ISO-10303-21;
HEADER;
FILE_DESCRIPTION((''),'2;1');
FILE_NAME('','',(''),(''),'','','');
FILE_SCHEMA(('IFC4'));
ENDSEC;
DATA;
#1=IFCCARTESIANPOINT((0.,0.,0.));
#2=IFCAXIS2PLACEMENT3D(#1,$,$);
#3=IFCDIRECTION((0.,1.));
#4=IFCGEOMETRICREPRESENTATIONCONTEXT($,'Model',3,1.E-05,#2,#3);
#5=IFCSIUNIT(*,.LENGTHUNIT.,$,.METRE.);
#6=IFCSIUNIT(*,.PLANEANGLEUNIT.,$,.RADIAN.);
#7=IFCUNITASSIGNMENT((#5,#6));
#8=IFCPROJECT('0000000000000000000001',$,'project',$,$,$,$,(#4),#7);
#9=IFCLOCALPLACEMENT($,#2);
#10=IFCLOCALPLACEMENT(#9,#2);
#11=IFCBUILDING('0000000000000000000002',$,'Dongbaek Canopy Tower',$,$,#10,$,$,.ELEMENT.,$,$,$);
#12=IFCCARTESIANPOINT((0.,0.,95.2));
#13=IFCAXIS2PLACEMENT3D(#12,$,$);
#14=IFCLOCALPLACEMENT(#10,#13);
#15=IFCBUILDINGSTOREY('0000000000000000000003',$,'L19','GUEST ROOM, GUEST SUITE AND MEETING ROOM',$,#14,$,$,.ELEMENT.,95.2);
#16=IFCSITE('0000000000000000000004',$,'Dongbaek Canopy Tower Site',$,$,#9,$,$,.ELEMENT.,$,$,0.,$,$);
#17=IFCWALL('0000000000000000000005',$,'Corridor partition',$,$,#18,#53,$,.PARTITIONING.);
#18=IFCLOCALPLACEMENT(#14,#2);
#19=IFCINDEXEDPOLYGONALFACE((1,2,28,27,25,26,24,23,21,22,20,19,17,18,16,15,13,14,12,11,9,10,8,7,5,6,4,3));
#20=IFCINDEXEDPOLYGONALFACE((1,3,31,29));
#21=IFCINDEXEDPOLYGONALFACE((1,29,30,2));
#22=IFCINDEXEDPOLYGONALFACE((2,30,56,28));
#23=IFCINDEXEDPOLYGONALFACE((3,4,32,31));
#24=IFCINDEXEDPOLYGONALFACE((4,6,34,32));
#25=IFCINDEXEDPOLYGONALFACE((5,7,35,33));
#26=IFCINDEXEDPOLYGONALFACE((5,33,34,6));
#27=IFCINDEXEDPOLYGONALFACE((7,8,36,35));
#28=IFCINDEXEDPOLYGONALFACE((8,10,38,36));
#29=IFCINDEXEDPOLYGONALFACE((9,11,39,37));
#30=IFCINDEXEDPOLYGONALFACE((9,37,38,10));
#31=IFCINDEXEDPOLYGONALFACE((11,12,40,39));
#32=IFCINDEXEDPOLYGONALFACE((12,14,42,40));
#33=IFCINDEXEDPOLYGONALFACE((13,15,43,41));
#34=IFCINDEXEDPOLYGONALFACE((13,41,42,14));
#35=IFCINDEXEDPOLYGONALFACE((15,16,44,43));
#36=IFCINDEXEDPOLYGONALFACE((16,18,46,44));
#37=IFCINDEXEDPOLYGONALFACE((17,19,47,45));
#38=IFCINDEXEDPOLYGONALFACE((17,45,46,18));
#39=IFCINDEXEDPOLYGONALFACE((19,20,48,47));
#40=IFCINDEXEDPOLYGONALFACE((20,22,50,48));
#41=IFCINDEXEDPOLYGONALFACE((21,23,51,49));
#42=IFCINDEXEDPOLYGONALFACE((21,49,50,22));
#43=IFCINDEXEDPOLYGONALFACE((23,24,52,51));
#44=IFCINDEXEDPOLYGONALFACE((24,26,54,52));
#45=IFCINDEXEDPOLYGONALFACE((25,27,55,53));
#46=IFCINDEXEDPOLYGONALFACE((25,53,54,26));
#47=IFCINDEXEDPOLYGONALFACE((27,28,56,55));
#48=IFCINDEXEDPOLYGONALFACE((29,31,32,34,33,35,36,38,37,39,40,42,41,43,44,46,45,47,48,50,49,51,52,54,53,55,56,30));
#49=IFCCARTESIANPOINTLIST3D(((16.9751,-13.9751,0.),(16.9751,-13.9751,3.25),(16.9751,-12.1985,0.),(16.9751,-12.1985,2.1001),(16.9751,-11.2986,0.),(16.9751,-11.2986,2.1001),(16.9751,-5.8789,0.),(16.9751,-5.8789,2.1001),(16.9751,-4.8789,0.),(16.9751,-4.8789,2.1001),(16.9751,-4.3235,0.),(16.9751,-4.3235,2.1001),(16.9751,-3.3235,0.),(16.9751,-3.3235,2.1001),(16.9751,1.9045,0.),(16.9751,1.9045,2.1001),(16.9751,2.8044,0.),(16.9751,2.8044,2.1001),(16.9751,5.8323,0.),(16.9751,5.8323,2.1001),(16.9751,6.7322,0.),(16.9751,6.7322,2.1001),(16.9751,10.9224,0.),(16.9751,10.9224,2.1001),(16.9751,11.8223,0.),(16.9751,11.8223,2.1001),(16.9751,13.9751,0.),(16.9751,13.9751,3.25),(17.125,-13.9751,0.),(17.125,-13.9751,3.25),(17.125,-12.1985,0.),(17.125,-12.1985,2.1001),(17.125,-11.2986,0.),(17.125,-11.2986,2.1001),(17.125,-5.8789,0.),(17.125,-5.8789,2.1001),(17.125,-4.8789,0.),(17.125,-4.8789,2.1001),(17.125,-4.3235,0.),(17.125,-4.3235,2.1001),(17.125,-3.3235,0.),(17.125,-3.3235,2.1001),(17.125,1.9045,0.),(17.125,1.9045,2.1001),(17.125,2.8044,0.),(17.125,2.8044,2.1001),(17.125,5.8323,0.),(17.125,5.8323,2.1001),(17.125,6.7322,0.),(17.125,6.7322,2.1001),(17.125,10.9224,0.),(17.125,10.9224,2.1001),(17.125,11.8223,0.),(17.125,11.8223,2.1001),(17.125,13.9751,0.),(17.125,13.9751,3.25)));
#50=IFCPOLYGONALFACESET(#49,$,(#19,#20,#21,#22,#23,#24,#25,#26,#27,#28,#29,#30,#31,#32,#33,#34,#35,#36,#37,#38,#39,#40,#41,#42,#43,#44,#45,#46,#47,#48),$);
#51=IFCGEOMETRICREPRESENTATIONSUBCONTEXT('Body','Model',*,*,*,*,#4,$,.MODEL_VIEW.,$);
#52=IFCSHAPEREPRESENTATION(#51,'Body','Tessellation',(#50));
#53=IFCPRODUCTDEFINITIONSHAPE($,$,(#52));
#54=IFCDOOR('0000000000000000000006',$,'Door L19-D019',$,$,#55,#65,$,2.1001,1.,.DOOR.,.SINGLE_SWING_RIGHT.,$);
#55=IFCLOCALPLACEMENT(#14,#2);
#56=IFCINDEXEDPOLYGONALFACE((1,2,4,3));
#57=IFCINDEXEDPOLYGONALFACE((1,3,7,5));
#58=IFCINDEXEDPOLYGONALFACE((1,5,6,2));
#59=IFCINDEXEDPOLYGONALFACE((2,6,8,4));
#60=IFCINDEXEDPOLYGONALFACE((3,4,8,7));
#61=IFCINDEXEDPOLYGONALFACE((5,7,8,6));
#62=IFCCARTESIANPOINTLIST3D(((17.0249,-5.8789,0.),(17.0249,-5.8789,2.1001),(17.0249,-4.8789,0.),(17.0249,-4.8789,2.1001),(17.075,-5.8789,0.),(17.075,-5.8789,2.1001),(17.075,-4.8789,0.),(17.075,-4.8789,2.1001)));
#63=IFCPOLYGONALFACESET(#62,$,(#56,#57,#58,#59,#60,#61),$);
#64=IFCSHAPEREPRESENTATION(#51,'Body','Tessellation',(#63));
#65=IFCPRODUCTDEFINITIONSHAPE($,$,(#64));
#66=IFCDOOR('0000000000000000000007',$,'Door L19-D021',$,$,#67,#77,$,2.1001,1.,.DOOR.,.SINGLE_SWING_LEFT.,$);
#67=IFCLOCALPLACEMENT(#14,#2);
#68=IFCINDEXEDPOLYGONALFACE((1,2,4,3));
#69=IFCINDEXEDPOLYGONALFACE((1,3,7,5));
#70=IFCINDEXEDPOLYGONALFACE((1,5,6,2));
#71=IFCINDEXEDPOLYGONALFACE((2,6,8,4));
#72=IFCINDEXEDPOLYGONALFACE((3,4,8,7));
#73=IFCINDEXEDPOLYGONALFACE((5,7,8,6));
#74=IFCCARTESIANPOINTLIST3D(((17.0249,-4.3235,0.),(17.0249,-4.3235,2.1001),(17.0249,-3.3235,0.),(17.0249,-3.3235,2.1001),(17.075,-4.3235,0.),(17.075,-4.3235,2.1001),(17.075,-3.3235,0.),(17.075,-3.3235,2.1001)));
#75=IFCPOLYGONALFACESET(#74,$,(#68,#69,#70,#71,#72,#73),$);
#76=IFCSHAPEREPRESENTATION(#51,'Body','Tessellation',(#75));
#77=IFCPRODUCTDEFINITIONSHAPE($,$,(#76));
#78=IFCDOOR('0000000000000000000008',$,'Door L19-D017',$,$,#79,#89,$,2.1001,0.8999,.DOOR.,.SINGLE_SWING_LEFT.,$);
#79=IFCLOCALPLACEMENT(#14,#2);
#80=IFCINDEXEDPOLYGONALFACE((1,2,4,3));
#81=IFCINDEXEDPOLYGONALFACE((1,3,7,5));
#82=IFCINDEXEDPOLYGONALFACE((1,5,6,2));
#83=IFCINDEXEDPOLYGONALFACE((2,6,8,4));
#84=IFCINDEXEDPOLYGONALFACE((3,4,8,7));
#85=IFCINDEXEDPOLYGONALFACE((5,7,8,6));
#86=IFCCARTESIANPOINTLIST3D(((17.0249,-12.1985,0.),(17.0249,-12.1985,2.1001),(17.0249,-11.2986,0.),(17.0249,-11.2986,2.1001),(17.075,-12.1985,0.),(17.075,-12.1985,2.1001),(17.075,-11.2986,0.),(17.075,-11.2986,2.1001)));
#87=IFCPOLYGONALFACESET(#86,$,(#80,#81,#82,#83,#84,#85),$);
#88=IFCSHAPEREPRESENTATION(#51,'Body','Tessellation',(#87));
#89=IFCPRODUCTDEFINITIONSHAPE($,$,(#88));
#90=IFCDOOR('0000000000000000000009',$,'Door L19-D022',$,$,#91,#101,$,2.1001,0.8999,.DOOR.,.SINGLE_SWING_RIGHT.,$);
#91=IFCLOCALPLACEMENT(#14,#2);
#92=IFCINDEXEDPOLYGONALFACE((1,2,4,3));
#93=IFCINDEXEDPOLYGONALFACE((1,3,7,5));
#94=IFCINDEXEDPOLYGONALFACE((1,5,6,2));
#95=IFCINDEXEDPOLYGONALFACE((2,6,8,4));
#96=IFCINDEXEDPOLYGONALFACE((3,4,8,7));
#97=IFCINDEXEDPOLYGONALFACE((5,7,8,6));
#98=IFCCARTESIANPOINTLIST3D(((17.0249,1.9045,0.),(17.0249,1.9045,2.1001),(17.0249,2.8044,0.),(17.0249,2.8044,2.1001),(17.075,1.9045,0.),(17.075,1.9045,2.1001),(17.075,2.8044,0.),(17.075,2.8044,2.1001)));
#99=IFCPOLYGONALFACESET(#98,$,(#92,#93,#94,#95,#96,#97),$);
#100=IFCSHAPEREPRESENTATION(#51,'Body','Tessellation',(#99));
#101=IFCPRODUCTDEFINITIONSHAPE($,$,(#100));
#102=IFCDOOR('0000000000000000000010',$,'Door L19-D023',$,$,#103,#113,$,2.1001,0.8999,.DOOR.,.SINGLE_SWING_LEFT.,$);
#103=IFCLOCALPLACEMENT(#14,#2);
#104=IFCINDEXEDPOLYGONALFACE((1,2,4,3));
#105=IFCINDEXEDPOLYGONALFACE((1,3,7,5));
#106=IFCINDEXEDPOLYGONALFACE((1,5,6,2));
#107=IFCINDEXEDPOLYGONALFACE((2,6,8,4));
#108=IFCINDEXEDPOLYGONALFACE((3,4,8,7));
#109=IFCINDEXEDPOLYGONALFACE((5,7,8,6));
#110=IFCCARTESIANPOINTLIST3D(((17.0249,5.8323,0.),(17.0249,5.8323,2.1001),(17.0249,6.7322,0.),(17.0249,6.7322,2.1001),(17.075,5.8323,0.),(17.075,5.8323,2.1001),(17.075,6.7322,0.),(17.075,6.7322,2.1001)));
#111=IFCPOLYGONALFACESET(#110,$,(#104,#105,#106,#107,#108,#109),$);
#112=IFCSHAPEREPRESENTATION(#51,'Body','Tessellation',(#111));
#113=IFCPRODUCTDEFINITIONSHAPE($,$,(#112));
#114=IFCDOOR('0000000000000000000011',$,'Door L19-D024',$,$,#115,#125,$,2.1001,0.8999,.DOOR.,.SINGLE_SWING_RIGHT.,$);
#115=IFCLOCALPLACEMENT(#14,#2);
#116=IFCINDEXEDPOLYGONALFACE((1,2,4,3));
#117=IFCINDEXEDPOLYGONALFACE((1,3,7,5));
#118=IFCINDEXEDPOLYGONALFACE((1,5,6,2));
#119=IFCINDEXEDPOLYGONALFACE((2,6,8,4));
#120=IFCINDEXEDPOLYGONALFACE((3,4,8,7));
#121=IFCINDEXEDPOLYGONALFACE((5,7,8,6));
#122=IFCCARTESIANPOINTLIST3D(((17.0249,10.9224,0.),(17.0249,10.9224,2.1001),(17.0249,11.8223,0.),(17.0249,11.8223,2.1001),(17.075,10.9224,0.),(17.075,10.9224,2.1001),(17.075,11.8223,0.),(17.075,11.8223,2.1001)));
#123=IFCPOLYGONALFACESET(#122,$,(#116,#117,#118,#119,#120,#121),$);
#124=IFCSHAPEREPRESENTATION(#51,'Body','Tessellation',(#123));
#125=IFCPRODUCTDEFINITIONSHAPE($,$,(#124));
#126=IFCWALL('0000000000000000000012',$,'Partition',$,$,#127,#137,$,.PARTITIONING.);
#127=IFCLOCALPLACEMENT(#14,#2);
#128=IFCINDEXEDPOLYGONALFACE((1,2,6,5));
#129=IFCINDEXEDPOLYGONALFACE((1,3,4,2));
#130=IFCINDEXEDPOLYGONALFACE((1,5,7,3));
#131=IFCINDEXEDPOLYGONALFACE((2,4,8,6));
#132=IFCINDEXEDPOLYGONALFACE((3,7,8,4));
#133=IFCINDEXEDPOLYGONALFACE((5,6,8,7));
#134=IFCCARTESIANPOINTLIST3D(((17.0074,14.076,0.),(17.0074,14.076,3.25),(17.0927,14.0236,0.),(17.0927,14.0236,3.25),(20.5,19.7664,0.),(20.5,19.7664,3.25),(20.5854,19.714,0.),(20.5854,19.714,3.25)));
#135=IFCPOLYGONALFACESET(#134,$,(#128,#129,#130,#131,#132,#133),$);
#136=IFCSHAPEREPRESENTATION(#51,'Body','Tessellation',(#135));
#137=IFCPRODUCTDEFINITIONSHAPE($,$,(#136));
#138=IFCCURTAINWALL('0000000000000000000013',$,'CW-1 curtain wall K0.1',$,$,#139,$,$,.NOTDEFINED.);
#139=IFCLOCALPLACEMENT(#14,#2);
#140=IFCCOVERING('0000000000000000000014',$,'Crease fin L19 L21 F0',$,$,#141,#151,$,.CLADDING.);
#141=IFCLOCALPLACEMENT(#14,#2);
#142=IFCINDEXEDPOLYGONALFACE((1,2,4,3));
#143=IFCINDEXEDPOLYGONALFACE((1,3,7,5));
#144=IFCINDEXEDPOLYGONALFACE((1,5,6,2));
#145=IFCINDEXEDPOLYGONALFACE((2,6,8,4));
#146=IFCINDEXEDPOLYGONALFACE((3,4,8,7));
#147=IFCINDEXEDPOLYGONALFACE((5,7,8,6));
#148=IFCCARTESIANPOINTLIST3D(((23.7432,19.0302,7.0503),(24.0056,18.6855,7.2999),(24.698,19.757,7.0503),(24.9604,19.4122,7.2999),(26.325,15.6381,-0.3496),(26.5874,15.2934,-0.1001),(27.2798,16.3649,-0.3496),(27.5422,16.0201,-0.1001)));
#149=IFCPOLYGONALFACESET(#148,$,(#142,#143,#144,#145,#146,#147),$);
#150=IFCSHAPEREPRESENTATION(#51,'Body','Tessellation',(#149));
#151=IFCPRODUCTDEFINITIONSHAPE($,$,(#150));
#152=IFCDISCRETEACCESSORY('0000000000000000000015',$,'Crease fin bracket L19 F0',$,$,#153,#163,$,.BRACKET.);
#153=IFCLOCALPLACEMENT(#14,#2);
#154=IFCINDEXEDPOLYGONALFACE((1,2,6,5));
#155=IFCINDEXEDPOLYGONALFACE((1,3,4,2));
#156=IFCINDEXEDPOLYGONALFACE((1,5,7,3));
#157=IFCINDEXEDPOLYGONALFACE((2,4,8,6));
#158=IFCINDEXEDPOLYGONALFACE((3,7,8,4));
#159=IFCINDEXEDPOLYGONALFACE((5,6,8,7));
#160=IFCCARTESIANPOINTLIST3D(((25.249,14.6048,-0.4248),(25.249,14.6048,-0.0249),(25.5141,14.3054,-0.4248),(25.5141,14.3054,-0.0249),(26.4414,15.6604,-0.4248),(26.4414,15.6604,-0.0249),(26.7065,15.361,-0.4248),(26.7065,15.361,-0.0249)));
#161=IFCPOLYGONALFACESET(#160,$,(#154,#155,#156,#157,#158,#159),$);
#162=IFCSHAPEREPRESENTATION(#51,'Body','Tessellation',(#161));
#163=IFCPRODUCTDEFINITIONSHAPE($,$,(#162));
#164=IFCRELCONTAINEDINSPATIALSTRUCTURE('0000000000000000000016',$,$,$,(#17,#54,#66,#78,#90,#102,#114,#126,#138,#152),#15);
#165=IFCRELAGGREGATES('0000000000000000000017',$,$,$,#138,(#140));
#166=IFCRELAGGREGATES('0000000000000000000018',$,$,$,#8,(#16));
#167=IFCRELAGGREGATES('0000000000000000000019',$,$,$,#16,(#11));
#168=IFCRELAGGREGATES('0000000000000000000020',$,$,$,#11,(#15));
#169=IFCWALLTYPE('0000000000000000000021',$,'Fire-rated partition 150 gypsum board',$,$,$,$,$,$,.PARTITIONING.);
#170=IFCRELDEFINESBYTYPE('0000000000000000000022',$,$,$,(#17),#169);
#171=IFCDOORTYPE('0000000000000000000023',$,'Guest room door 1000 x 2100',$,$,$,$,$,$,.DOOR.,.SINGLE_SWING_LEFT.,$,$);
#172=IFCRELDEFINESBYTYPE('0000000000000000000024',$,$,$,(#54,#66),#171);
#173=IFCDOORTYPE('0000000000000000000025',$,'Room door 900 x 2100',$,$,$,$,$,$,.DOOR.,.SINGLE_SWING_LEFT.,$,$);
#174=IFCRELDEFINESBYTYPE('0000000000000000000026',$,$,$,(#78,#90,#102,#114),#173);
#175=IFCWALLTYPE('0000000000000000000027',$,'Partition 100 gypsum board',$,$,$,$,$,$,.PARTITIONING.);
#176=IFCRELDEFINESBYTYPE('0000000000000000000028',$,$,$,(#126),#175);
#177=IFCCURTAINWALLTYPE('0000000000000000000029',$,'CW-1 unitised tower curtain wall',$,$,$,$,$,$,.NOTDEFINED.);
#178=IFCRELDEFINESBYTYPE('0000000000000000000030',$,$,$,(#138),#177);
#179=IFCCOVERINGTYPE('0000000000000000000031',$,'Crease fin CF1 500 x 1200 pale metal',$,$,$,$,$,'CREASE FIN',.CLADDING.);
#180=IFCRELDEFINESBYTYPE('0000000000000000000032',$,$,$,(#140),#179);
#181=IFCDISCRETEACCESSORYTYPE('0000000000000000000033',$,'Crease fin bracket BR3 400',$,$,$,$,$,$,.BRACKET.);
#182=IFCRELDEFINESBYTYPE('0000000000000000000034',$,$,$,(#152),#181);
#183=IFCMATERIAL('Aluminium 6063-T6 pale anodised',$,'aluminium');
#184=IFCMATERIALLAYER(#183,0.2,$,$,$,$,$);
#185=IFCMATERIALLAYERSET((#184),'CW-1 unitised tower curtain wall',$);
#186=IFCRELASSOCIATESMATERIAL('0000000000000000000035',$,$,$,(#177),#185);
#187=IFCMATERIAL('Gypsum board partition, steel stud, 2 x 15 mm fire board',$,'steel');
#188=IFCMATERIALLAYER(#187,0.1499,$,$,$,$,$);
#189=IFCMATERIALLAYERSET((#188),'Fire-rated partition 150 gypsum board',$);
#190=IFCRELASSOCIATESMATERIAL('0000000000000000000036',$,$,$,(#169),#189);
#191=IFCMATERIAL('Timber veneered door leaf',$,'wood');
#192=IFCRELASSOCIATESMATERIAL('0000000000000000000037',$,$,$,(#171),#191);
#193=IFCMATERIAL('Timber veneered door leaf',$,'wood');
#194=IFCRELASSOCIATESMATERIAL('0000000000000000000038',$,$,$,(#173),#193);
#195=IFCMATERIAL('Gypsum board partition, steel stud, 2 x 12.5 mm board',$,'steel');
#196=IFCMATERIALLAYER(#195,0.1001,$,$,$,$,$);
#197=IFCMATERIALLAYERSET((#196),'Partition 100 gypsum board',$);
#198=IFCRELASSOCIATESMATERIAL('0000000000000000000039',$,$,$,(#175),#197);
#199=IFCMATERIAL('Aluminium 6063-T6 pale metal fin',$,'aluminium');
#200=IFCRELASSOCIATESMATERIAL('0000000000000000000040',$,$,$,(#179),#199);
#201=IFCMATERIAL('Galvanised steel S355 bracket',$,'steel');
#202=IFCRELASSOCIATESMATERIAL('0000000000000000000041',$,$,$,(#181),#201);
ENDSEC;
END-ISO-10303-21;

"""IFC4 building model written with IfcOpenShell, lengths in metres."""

from ifc_helpers import new_model, si_unit, direction, frame, frame_2d, origin, origin_2d, place, context, subcontext, project, spatial, rectangle, extrude, material, layer, layer_set, material_profile, profile_set, type_object, element, fill, aggregate, save


model = new_model("IFC4")

# Units and contexts
model_context = context("Model", 3, precision=1e-05, world=origin(), true_north=direction((0.0, 1.0)))
body_context = subcontext(model_context, "Body", "Model", "MODEL_VIEW")
ifc_project = project(units=[si_unit("LENGTHUNIT", "METRE"), si_unit("PLANEANGLEUNIT", "RADIAN")], contexts=[model_context])

# Site, building, storey
site_placement = place(None, origin())
site = spatial("IfcSite", under=ifc_project, at=site_placement, Name="Dongbaek Canopy Tower Site", CompositionType="ELEMENT", RefElevation=0.0)
building_placement = place(site_placement, origin())
building = spatial("IfcBuilding", under=site, at=building_placement, Name="Dongbaek Canopy Tower", CompositionType="ELEMENT")
storey_placement = place(building_placement, frame((0.0, 0.0, 95.2)))
storey = spatial("IfcBuildingStorey", under=building, at=storey_placement, Name="L19", Description="GUEST ROOM, GUEST SUITE AND MEETING ROOM", CompositionType="ELEMENT", Elevation=95.2)

# Shared definitions
ifc_material_1 = material(Name="Aluminium 6063-T6 pale anodised", Category="aluminium")
ifc_layer_1 = layer(ifc_material_1, 0.2)
ifc_layer_set_1 = layer_set([ifc_layer_1], Name="CW-1 unitised tower curtain wall")
curtain_wall_type = type_object("IfcCurtainWallType", Name="CW-1 unitised tower curtain wall", PredefinedType="NOTDEFINED", material=ifc_layer_set_1)

# Wall, openings, doors
ifc_material_2 = material(Name="Gypsum board partition, steel stud, 2 x 15 mm fire board", Category="steel")
ifc_layer_2 = layer(ifc_material_2, 0.1499)
ifc_layer_set_2 = layer_set([ifc_layer_2], Name="Fire-rated partition 150 gypsum board")
wall_type_1 = type_object("IfcWallType", Name="Fire-rated partition 150 gypsum board", PredefinedType="PARTITIONING", material=ifc_layer_set_2)
wall_1_placement = place(storey_placement, frame((17.05, 13.9751, 0.0), z_axis=(0.0, 0.0, 1.0), x_axis=(0.0, -1.0, 0.0)))
wall_1 = element("IfcWall", 1, at=wall_1_placement, inside=storey, type_object=wall_type_1, Name="Corridor partition", PredefinedType="PARTITIONING", context=body_context, shape_type="SweptSolid", body=[
    extrude(rectangle(XDim=27.9502, YDim=0.1499, at=frame_2d((13.9751, 0.0))), origin(), (0.0, 0.0, 1.0), 3.25),
])
opening_1_placement = place(wall_1_placement, frame((25.2737, 0.0, 0.0)))
opening_1 = element("IfcOpeningElement", 2, at=opening_1_placement, cuts=wall_1, PredefinedType="OPENING", context=body_context, shape_type="SweptSolid", body=[
    extrude(rectangle(XDim=0.8999, YDim=2.1001, at=frame_2d((0.45, 1.05))), frame((0.0, 0.085, 0.0), z_axis=(0.0, -1.0, 0.0), x_axis=(1.0, 0.0, 0.0)), (0.0, 0.0, 1.0), 0.1699),
])
opening_2_placement = place(wall_1_placement, frame((18.854, 0.0, 0.0)))
opening_2 = element("IfcOpeningElement", 3, at=opening_2_placement, cuts=wall_1, PredefinedType="OPENING", context=body_context, shape_type="SweptSolid", body=[
    extrude(rectangle(XDim=1.0, YDim=2.1001, at=frame_2d((0.5, 1.05))), frame((0.0, 0.085, 0.0), z_axis=(0.0, -1.0, 0.0), x_axis=(1.0, 0.0, 0.0)), (0.0, 0.0, 1.0), 0.1699),
])
opening_3_placement = place(wall_1_placement, frame((17.2986, 0.0, 0.0)))
opening_3 = element("IfcOpeningElement", 4, at=opening_3_placement, cuts=wall_1, PredefinedType="OPENING", context=body_context, shape_type="SweptSolid", body=[
    extrude(rectangle(XDim=1.0, YDim=2.1001, at=frame_2d((0.5, 1.05))), frame((0.0, 0.085, 0.0), z_axis=(0.0, -1.0, 0.0), x_axis=(1.0, 0.0, 0.0)), (0.0, 0.0, 1.0), 0.1699),
])
opening_4_placement = place(wall_1_placement, frame((11.1707, 0.0, 0.0)))
opening_4 = element("IfcOpeningElement", 5, at=opening_4_placement, cuts=wall_1, PredefinedType="OPENING", context=body_context, shape_type="SweptSolid", body=[
    extrude(rectangle(XDim=0.8999, YDim=2.1001, at=frame_2d((0.45, 1.05))), frame((0.0, 0.085, 0.0), z_axis=(0.0, -1.0, 0.0), x_axis=(1.0, 0.0, 0.0)), (0.0, 0.0, 1.0), 0.1699),
])
opening_5_placement = place(wall_1_placement, frame((7.2429, 0.0, 0.0)))
opening_5 = element("IfcOpeningElement", 6, at=opening_5_placement, cuts=wall_1, PredefinedType="OPENING", context=body_context, shape_type="SweptSolid", body=[
    extrude(rectangle(XDim=0.8999, YDim=2.1001, at=frame_2d((0.45, 1.05))), frame((0.0, 0.085, 0.0), z_axis=(0.0, -1.0, 0.0), x_axis=(1.0, 0.0, 0.0)), (0.0, 0.0, 1.0), 0.1699),
])
opening_6_placement = place(wall_1_placement, frame((2.1528, 0.0, 0.0)))
opening_6 = element("IfcOpeningElement", 7, at=opening_6_placement, cuts=wall_1, PredefinedType="OPENING", context=body_context, shape_type="SweptSolid", body=[
    extrude(rectangle(XDim=0.8999, YDim=2.1001, at=frame_2d((0.45, 1.05))), frame((0.0, 0.085, 0.0), z_axis=(0.0, -1.0, 0.0), x_axis=(1.0, 0.0, 0.0)), (0.0, 0.0, 1.0), 0.1699),
])
ifc_material_3 = material(Name="Timber veneered door leaf", Category="wood")
door_type_1 = type_object("IfcDoorType", Name="Guest room door 1000 x 2100", OperationType="SINGLE_SWING_LEFT", PredefinedType="DOOR", material=ifc_material_3)
door_1_placement = place(opening_2_placement, origin())
door_1 = element("IfcDoor", 8, at=door_1_placement, inside=storey, type_object=door_type_1, Name="Door L19-D019", OperationType="SINGLE_SWING_RIGHT", OverallHeight=2.1001, OverallWidth=1.0, PredefinedType="DOOR", context=body_context, shape_type="SweptSolid", body=[
    extrude(rectangle(XDim=1.0, YDim=2.1001, at=frame_2d((0.5, 1.05))), frame((0.0, 0.0249, 0.0), z_axis=(0.0, -1.0, 0.0), x_axis=(1.0, 0.0, 0.0)), (0.0, 0.0, 1.0), 0.05),
])
fill(opening_2, door_1)
door_2_placement = place(opening_3_placement, origin())
door_2 = element("IfcDoor", 9, at=door_2_placement, inside=storey, type_object=door_type_1, Name="Door L19-D021", OperationType="SINGLE_SWING_LEFT", OverallHeight=2.1001, OverallWidth=1.0, PredefinedType="DOOR", context=body_context, shape_type="SweptSolid", body=[
    extrude(rectangle(XDim=1.0, YDim=2.1001, at=frame_2d((0.5, 1.05))), frame((0.0, 0.0249, 0.0), z_axis=(0.0, -1.0, 0.0), x_axis=(1.0, 0.0, 0.0)), (0.0, 0.0, 1.0), 0.05),
])
fill(opening_3, door_2)
ifc_material_4 = material(Name="Timber veneered door leaf", Category="wood")
door_type_2 = type_object("IfcDoorType", Name="Room door 900 x 2100", OperationType="SINGLE_SWING_LEFT", PredefinedType="DOOR", material=ifc_material_4)
door_3_placement = place(opening_1_placement, origin())
door_3 = element("IfcDoor", 10, at=door_3_placement, inside=storey, type_object=door_type_2, Name="Door L19-D017", OperationType="SINGLE_SWING_LEFT", OverallHeight=2.1001, OverallWidth=0.8999, PredefinedType="DOOR", context=body_context, shape_type="SweptSolid", body=[
    extrude(rectangle(XDim=0.8999, YDim=2.1001, at=frame_2d((0.45, 1.05))), frame((0.0, 0.0249, 0.0), z_axis=(0.0, -1.0, 0.0), x_axis=(1.0, 0.0, 0.0)), (0.0, 0.0, 1.0), 0.05),
])
fill(opening_1, door_3)
door_4_placement = place(opening_4_placement, origin())
door_4 = element("IfcDoor", 11, at=door_4_placement, inside=storey, type_object=door_type_2, Name="Door L19-D022", OperationType="SINGLE_SWING_RIGHT", OverallHeight=2.1001, OverallWidth=0.8999, PredefinedType="DOOR", context=body_context, shape_type="SweptSolid", body=[
    extrude(rectangle(XDim=0.8999, YDim=2.1001, at=frame_2d((0.45, 1.05))), frame((0.0, 0.0249, 0.0), z_axis=(0.0, -1.0, 0.0), x_axis=(1.0, 0.0, 0.0)), (0.0, 0.0, 1.0), 0.05),
])
fill(opening_4, door_4)
door_5_placement = place(opening_5_placement, origin())
door_5 = element("IfcDoor", 12, at=door_5_placement, inside=storey, type_object=door_type_2, Name="Door L19-D023", OperationType="SINGLE_SWING_LEFT", OverallHeight=2.1001, OverallWidth=0.8999, PredefinedType="DOOR", context=body_context, shape_type="SweptSolid", body=[
    extrude(rectangle(XDim=0.8999, YDim=2.1001, at=frame_2d((0.45, 1.05))), frame((0.0, 0.0249, 0.0), z_axis=(0.0, -1.0, 0.0), x_axis=(1.0, 0.0, 0.0)), (0.0, 0.0, 1.0), 0.05),
])
fill(opening_5, door_5)
door_6_placement = place(opening_6_placement, origin())
door_6 = element("IfcDoor", 13, at=door_6_placement, inside=storey, type_object=door_type_2, Name="Door L19-D024", OperationType="SINGLE_SWING_RIGHT", OverallHeight=2.1001, OverallWidth=0.8999, PredefinedType="DOOR", context=body_context, shape_type="SweptSolid", body=[
    extrude(rectangle(XDim=0.8999, YDim=2.1001, at=frame_2d((0.45, 1.05))), frame((0.0, 0.0249, 0.0), z_axis=(0.0, -1.0, 0.0), x_axis=(1.0, 0.0, 0.0)), (0.0, 0.0, 1.0), 0.05),
])
fill(opening_6, door_6)

# Wall
ifc_material_5 = material(Name="Gypsum board partition, steel stud, 2 x 12.5 mm board", Category="steel")
ifc_layer_3 = layer(ifc_material_5, 0.1001)
ifc_layer_set_3 = layer_set([ifc_layer_3], Name="Partition 100 gypsum board")
wall_type_2 = type_object("IfcWallType", Name="Partition 100 gypsum board", PredefinedType="PARTITIONING", material=ifc_layer_set_3)
wall_2_placement = place(storey_placement, frame((17.05, 14.0498, 0.0), z_axis=(0.0, 0.0, 1.0), x_axis=(0.523106, 0.852268, 0.0)))
element("IfcWall", 14, at=wall_2_placement, inside=storey, type_object=wall_type_2, Name="Partition", PredefinedType="PARTITIONING", context=body_context, shape_type="SweptSolid", body=[
    extrude(rectangle(XDim=6.6768, YDim=0.1001, at=frame_2d((3.3384, 0.0))), origin(), (0.0, 0.0, 1.0), 3.25),
])

# Curtain wall, covering
curtain_wall_1_placement = place(storey_placement, origin())
curtain_wall_1 = element("IfcCurtainWall", 15, at=curtain_wall_1_placement, inside=storey, type_object=curtain_wall_type, Name="CW-1 curtain wall K0.1", PredefinedType="NOTDEFINED")
ifc_material_6 = material(Name="Aluminium 6063-T6 pale metal fin", Category="aluminium")
ifc_material_profile_1 = material_profile(ifc_material_6, rectangle(XDim=1.2, YDim=0.5, at=origin_2d()), Name="Crease fin CF1 500 x 1200 pale metal")
ifc_profile_set_1 = profile_set([ifc_material_profile_1], Name="Aluminium 6063-T6 pale metal fin")
covering_type = type_object("IfcCoveringType", Name="Crease fin CF1 500 x 1200 pale metal", ElementType="CREASE FIN", PredefinedType="CLADDING", material=ifc_profile_set_1)
covering_placement = place(storey_placement, frame((26.9336, 15.8291, -0.2249), z_axis=(-0.302319, 0.397203, 0.866506), x_axis=(-0.795733, -0.605648, 0.0)))
covering = element("IfcCovering", 16, at=covering_placement, type_object=covering_type, Name="Crease fin L19 L21 F0", PredefinedType="CLADDING", context=body_context, shape_type="SweptSolid", body=[
    extrude(rectangle(XDim=1.2, YDim=0.5, at=origin_2d()), origin(), (0.0, 0.0, 1.0), 8.54),
])
aggregate(curtain_wall_1, [covering])

# Discrete accessory
ifc_material_7 = material(Name="Galvanised steel S355 bracket", Category="steel")
discrete_accessory_type = type_object("IfcDiscreteAccessoryType", Name="Crease fin bracket BR3 400", PredefinedType="BRACKET", material=ifc_material_7)
discrete_accessory_placement = place(storey_placement, frame((25.9778, 14.9829, -0.4248), z_axis=(0.0, 0.0, 1.0), x_axis=(0.748749, 0.662854, 0.0)))
element("IfcDiscreteAccessory", 17, at=discrete_accessory_placement, inside=storey, type_object=discrete_accessory_type, Name="Crease fin bracket L19 F0", PredefinedType="BRACKET", context=body_context, shape_type="SweptSolid", body=[
    extrude(rectangle(XDim=1.5925, YDim=0.3999, at=origin_2d()), origin(), (0.0, 0.0, 1.0), 0.3999),
])

save(model, "model.ifc")
